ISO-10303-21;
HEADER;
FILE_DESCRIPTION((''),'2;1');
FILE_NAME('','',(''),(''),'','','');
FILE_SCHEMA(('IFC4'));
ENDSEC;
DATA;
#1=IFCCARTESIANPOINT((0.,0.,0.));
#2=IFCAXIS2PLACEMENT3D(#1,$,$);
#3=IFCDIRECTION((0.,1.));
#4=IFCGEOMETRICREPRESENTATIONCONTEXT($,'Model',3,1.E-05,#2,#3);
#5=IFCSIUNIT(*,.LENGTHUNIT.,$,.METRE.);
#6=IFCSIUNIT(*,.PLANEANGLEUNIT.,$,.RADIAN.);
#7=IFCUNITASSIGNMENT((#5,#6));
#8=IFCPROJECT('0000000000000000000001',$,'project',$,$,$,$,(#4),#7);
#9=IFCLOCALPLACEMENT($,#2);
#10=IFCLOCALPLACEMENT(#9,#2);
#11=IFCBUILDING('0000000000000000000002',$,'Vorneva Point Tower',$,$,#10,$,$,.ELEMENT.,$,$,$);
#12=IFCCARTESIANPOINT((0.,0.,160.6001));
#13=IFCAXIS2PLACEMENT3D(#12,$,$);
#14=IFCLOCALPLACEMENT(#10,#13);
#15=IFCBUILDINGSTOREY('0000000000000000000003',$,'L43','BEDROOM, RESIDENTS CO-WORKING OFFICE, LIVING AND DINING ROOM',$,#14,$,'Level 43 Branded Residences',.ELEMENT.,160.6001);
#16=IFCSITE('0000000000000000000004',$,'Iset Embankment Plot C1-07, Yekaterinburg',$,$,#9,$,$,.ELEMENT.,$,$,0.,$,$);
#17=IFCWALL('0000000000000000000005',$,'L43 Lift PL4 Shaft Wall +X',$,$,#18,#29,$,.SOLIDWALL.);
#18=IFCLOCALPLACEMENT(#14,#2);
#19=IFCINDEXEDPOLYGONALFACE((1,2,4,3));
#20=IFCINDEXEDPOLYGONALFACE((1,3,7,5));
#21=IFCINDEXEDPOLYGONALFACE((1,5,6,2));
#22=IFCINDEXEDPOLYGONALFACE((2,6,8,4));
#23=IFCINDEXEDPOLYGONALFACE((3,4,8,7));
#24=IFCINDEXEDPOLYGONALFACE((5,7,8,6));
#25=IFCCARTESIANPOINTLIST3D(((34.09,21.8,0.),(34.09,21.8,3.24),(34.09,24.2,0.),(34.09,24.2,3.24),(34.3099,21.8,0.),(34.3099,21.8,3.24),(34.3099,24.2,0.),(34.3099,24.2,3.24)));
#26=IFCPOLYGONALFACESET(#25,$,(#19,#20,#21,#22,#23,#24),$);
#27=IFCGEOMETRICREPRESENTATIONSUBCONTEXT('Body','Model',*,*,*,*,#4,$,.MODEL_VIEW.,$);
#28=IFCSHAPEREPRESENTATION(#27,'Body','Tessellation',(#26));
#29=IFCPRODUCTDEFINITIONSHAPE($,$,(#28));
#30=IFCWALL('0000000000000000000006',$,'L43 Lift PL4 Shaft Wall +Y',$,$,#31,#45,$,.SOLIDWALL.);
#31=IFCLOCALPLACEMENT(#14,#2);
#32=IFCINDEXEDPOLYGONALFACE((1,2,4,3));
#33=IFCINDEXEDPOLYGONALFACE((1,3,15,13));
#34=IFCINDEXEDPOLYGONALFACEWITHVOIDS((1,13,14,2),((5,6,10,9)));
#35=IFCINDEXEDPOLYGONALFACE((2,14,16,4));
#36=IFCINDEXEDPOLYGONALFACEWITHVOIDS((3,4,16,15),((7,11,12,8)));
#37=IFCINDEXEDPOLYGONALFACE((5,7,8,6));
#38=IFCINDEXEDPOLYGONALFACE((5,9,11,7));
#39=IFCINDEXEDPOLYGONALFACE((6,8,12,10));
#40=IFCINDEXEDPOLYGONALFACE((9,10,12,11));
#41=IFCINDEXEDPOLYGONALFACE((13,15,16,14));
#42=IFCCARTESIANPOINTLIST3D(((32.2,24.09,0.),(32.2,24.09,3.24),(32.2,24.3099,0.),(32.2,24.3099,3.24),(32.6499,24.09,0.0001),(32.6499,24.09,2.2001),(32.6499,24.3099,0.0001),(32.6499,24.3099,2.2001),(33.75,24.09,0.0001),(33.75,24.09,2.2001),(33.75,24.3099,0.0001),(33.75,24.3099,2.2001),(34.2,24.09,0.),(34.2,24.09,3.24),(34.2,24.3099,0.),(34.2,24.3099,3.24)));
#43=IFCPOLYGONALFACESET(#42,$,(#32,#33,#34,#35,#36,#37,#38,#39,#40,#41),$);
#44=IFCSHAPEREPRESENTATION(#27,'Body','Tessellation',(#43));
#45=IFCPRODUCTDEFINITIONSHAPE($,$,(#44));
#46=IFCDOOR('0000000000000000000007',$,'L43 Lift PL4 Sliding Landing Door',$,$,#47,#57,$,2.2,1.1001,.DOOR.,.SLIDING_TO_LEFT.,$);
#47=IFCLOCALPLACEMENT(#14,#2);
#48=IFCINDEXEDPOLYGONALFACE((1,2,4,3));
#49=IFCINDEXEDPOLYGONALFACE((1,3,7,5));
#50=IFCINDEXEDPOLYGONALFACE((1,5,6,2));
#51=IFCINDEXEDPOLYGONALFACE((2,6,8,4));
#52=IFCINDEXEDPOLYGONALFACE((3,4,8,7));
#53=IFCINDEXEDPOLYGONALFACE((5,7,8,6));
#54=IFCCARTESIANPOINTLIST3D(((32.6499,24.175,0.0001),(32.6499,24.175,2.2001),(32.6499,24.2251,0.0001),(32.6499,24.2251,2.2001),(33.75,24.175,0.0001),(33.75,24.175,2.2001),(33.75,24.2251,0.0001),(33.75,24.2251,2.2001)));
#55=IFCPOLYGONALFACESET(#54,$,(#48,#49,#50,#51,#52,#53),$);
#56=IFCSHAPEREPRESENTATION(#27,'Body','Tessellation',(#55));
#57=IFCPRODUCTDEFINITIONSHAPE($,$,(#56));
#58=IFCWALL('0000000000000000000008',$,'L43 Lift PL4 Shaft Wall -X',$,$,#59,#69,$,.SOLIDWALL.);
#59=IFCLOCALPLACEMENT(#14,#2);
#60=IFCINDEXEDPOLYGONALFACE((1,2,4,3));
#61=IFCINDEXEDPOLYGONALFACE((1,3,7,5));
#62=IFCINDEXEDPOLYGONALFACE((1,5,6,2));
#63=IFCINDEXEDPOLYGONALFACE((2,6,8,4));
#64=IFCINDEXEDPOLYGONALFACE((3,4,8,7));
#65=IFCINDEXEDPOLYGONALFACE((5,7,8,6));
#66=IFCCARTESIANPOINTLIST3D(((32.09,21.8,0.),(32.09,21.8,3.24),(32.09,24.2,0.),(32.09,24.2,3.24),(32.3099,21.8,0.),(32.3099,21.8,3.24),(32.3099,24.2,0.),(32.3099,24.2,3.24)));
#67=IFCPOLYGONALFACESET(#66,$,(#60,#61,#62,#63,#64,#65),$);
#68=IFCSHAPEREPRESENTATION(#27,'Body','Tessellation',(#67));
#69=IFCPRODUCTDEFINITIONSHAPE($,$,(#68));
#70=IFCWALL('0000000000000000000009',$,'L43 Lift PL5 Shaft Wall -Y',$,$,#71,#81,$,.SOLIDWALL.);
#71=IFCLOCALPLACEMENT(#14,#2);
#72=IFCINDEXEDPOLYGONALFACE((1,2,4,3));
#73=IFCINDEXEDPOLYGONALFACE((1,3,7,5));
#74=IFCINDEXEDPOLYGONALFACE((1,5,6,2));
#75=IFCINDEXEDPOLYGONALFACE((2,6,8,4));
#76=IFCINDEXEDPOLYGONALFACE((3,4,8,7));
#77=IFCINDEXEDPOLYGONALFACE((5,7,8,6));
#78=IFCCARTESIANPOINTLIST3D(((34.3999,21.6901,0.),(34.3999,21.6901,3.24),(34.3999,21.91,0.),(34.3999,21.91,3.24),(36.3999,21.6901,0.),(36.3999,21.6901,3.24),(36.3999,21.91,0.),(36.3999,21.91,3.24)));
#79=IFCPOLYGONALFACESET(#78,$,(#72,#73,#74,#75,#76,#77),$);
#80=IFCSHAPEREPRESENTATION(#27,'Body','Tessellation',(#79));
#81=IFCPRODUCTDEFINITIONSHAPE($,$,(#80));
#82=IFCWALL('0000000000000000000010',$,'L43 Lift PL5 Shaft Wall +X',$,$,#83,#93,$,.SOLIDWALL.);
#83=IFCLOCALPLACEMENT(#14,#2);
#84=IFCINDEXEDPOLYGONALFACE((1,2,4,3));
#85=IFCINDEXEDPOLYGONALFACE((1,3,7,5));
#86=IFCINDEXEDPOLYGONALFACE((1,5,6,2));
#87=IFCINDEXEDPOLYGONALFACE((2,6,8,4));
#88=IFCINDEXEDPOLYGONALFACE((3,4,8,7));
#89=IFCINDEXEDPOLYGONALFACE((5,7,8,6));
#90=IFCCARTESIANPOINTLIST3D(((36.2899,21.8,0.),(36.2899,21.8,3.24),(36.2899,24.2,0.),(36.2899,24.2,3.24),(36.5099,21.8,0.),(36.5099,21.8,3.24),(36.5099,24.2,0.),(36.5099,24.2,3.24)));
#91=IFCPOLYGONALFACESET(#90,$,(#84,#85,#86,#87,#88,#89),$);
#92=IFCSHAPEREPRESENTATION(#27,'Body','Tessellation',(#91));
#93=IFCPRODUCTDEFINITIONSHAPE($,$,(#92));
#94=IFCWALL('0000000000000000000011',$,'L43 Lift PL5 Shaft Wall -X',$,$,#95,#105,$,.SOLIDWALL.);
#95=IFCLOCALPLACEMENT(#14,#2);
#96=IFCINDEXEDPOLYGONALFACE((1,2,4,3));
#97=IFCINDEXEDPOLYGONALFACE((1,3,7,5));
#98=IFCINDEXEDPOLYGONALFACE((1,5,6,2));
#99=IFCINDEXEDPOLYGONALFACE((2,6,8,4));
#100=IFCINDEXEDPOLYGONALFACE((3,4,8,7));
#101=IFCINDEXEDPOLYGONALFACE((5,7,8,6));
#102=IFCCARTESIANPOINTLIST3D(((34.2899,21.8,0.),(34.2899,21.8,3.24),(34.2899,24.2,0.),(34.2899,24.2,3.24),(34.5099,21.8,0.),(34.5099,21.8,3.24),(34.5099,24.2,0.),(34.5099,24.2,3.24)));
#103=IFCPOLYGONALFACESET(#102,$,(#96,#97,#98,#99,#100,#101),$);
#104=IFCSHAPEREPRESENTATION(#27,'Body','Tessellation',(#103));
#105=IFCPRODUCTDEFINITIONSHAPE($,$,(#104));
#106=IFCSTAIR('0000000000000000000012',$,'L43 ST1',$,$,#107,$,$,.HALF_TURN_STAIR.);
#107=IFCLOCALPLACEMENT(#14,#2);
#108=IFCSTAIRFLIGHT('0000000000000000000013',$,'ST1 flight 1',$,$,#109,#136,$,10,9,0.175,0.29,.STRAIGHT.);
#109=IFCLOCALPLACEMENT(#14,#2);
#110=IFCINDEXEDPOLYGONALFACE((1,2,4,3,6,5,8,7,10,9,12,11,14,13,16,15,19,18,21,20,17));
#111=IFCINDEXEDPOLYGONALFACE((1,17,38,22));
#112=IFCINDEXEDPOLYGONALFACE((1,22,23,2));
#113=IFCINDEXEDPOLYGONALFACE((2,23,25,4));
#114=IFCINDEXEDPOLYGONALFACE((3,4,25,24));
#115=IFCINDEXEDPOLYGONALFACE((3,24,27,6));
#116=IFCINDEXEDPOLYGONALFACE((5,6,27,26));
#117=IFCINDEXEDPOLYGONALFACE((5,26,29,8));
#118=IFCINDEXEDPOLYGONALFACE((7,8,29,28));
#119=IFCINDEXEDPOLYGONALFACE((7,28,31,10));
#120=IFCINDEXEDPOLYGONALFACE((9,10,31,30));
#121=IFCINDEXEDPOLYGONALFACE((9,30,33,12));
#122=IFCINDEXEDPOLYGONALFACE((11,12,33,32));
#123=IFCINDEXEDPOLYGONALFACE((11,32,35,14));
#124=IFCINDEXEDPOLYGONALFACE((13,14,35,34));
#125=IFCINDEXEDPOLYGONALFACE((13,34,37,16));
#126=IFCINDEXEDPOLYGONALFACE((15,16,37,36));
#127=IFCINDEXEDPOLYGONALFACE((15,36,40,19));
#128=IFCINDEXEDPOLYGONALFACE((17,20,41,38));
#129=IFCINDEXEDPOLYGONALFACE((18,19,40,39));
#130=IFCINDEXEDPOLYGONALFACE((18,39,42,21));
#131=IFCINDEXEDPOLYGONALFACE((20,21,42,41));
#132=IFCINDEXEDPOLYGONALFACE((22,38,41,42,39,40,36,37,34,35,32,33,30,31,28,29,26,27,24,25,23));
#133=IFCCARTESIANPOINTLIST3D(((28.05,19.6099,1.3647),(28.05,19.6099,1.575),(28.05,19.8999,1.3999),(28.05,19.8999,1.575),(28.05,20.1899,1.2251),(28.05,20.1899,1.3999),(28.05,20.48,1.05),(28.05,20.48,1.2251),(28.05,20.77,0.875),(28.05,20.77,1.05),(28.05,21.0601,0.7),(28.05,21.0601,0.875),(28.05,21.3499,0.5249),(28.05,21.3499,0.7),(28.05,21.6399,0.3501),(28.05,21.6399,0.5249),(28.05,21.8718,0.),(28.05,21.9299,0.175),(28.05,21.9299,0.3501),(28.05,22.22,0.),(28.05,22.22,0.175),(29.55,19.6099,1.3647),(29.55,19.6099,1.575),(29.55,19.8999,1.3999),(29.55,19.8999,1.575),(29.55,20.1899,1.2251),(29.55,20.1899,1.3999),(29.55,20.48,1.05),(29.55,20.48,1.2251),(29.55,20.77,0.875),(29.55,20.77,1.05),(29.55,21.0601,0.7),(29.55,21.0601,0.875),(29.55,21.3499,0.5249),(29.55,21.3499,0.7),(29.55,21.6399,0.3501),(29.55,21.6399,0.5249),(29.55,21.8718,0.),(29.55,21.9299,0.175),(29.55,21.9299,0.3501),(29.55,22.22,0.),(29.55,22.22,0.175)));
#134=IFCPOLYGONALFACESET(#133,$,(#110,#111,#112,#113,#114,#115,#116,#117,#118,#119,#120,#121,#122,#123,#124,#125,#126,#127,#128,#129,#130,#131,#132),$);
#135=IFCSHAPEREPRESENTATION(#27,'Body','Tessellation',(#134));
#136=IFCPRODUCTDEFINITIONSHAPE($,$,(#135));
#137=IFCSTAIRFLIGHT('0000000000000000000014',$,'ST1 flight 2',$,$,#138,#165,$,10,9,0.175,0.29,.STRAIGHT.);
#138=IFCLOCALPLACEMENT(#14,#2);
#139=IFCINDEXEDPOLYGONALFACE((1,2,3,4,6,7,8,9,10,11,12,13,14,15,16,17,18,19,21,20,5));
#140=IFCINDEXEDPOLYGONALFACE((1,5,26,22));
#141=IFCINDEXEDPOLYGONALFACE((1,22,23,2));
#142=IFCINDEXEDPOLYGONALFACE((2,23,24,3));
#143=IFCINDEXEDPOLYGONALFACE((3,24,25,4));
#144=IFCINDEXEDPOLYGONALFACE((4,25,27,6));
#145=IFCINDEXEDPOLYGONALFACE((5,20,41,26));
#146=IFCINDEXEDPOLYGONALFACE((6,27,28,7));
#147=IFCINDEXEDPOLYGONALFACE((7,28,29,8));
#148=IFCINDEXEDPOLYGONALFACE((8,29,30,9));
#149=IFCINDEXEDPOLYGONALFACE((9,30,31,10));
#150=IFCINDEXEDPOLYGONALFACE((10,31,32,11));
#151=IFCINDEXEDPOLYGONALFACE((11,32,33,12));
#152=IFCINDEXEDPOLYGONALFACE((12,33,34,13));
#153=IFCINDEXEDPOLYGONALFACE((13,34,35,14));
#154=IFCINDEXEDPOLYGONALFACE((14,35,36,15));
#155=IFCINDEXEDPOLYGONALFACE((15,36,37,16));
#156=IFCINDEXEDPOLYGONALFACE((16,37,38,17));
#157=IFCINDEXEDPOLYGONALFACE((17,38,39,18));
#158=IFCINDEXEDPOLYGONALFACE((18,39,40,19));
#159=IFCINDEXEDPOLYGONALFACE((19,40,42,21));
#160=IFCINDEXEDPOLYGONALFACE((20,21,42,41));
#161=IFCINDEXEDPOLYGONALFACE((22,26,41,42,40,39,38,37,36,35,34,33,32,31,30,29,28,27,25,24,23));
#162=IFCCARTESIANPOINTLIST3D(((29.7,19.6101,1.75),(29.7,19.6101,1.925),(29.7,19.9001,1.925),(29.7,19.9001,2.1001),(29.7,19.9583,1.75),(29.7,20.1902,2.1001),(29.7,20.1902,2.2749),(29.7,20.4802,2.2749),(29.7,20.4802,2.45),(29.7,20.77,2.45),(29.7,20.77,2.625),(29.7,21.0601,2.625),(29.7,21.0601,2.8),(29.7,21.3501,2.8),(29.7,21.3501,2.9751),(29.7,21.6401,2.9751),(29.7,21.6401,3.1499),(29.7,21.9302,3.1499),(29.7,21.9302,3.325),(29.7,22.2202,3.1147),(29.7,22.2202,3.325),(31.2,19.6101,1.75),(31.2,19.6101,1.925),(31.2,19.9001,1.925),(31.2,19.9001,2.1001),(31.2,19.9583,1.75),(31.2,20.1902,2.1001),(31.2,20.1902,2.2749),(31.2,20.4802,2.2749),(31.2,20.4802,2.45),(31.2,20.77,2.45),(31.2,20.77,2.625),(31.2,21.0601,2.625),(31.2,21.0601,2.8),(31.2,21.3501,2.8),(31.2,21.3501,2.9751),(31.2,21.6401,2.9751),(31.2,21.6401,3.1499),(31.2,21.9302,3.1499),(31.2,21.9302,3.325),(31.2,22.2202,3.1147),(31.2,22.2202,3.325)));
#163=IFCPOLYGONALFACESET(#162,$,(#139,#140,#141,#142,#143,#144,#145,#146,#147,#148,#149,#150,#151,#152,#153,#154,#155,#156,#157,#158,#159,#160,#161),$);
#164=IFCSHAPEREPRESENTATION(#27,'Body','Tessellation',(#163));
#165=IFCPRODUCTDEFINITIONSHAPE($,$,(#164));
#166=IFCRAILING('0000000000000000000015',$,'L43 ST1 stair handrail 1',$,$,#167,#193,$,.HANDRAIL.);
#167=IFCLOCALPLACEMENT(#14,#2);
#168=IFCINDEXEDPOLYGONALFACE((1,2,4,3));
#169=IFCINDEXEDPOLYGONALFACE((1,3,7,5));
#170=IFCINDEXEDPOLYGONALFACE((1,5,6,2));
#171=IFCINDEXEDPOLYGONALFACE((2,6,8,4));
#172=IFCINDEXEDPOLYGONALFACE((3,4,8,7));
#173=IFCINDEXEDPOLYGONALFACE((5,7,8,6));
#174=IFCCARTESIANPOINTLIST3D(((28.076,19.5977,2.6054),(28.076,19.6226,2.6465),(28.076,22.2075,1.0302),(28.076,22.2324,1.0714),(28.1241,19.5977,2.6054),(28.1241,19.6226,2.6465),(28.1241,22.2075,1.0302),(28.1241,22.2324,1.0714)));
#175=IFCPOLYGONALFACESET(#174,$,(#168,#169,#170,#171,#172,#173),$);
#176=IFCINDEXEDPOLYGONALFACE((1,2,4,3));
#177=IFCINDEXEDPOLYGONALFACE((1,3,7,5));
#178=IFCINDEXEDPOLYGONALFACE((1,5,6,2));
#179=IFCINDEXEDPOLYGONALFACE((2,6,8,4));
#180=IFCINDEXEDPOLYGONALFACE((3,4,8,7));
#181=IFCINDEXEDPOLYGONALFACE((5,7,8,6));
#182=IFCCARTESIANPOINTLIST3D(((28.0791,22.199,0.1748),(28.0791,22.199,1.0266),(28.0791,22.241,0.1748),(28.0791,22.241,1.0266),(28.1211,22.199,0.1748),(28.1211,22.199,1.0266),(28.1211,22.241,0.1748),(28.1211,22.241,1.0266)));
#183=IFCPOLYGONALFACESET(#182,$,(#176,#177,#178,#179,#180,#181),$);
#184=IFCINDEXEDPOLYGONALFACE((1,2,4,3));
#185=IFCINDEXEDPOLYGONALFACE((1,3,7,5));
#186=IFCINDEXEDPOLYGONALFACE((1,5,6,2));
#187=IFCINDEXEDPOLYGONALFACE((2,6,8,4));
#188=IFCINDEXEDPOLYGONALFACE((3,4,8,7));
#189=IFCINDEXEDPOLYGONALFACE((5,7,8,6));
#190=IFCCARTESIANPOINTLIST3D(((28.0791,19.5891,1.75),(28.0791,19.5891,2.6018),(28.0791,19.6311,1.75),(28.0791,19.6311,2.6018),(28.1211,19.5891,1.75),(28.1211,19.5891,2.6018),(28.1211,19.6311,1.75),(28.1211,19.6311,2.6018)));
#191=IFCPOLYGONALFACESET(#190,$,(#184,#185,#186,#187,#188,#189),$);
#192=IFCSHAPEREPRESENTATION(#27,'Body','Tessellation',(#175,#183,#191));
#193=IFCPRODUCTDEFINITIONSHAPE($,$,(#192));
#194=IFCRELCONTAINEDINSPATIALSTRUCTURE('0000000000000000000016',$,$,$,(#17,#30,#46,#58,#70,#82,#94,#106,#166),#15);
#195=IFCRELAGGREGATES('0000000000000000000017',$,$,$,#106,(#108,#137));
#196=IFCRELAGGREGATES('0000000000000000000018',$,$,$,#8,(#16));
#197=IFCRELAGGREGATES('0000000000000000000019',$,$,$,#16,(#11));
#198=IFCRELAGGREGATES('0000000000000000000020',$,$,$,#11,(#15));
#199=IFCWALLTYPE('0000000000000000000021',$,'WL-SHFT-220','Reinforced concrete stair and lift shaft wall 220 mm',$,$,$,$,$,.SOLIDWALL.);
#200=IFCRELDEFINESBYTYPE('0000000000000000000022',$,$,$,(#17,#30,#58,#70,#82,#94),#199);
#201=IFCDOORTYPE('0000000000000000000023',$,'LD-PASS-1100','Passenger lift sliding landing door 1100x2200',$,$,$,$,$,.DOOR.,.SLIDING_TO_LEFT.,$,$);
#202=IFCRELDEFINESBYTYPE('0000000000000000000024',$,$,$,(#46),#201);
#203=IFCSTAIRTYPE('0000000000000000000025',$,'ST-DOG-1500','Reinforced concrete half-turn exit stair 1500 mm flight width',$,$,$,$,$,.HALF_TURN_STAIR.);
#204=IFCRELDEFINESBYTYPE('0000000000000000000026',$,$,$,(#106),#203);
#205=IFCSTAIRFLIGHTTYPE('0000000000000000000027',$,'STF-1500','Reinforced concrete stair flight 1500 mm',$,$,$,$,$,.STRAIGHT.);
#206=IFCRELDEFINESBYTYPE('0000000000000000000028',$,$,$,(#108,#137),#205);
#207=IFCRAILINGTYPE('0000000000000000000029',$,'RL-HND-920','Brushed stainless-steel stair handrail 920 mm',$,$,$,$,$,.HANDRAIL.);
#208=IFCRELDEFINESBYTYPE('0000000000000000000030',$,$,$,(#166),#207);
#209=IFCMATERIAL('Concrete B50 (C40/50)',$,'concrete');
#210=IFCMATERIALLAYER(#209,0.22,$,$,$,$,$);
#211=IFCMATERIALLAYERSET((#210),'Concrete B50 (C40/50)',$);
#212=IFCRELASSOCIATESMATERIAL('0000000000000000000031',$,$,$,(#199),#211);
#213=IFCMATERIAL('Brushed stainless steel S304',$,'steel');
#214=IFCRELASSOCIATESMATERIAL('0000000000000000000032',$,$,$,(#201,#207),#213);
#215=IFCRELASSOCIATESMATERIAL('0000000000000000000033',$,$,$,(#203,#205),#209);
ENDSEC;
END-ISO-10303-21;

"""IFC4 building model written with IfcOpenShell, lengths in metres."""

from ifc_helpers import new_model, si_unit, direction, frame, frame_2d, origin, origin_2d, place, context, subcontext, project, spatial, polyline, rectangle, outline, extrude, material, layer, layer_set, type_object, element, fill, aggregate, save


model = new_model("IFC4")

# Units and contexts
model_context = context("Model", 3, precision=1e-05, world=origin(), true_north=direction((0.0, 1.0)))
body_context = subcontext(model_context, "Body", "Model", "MODEL_VIEW")
ifc_project = project(units=[si_unit("LENGTHUNIT", "METRE"), si_unit("PLANEANGLEUNIT", "RADIAN")], contexts=[model_context])

# Site, building, storey
site_placement = place(None, origin())
site = spatial("IfcSite", under=ifc_project, at=site_placement, Name="Iset Embankment Plot C1-07, Yekaterinburg", CompositionType="ELEMENT", RefElevation=0.0)
building_placement = place(site_placement, origin())
building = spatial("IfcBuilding", under=site, at=building_placement, Name="Vorneva Point Tower", CompositionType="ELEMENT")
storey_placement = place(building_placement, frame((0.0, 0.0, 160.6001)))
storey = spatial("IfcBuildingStorey", under=building, at=storey_placement, Name="L43", Description="BEDROOM, RESIDENTS CO-WORKING OFFICE, LIVING AND DINING ROOM", LongName="Level 43 Branded Residences", CompositionType="ELEMENT", Elevation=160.6001)

# Shared definitions
ifc_material_1 = material(Name="Concrete B50 (C40/50)", Category="concrete")
ifc_layer_1 = layer(ifc_material_1, 0.22)
ifc_layer_set_1 = layer_set([ifc_layer_1], Name="Concrete B50 (C40/50)")
wall_type_1 = type_object("IfcWallType", Name="WL-SHFT-220", Description="Reinforced concrete stair and lift shaft wall 220 mm", PredefinedType="SOLIDWALL", material=ifc_layer_set_1)

# Wall
wall_1_placement = place(storey_placement, frame((34.2, 21.8, 0.0), z_axis=(0.0, 0.0, 1.0), x_axis=(0.0, 1.0, 0.0)))
element("IfcWall", 1, at=wall_1_placement, inside=storey, type_object=wall_type_1, Name="L43 Lift PL4 Shaft Wall +X", PredefinedType="SOLIDWALL", context=body_context, shape_type="SweptSolid", body=[
    extrude(rectangle(XDim=2.3999, YDim=0.22, at=frame_2d((1.2, 0.0))), origin(), (0.0, 0.0, 1.0), 3.24),
])

# Wall, opening, door
wall_2_placement = place(storey_placement, frame((34.2, 24.2, 0.0), z_axis=(0.0, 0.0, 1.0), x_axis=(-1.0, 0.0, 0.0)))
wall_2 = element("IfcWall", 2, at=wall_2_placement, inside=storey, type_object=wall_type_1, Name="L43 Lift PL4 Shaft Wall +Y", PredefinedType="SOLIDWALL", context=body_context, shape_type="SweptSolid", body=[
    extrude(rectangle(XDim=2.0, YDim=0.22, at=frame_2d((1.0, 0.0))), origin(), (0.0, 0.0, 1.0), 3.24),
])
opening_1_placement = place(wall_2_placement, frame((0.45, 0.0, 0.0)))
opening_1 = element("IfcOpeningElement", 3, at=opening_1_placement, cuts=wall_2, PredefinedType="OPENING", context=body_context, shape_type="SweptSolid", body=[
    extrude(rectangle(XDim=1.1001, YDim=2.2, at=frame_2d((0.55, 1.1001))), frame((0.0, 0.125, 0.0), z_axis=(0.0, -1.0, 0.0), x_axis=(1.0, 0.0, 0.0)), (0.0, 0.0, 1.0), 0.2498),
])
ifc_material_2 = material(Name="Brushed stainless steel S304", Category="steel")
door_type_1 = type_object("IfcDoorType", Name="LD-PASS-1100", Description="Passenger lift sliding landing door 1100x2200", OperationType="SLIDING_TO_LEFT", PredefinedType="DOOR", material=ifc_material_2)
door_1_placement = place(opening_1_placement, origin())
door_1 = element("IfcDoor", 4, at=door_1_placement, inside=storey, type_object=door_type_1, Name="L43 Lift PL4 Sliding Landing Door", OperationType="SLIDING_TO_LEFT", OverallHeight=2.2, OverallWidth=1.1001, PredefinedType="DOOR", context=body_context, shape_type="SweptSolid", body=[
    extrude(rectangle(XDim=1.1001, YDim=2.2, at=frame_2d((0.55, 1.1001))), frame((0.0, 0.0249, 0.0), z_axis=(0.0, -1.0, 0.0), x_axis=(1.0, 0.0, 0.0)), (0.0, 0.0, 1.0), 0.05),
])
fill(opening_1, door_1)

# Walls
wall_3_placement = place(storey_placement, frame((32.2, 24.2, 0.0), z_axis=(0.0, 0.0, 1.0), x_axis=(0.0, -1.0, 0.0)))
element("IfcWall", 5, at=wall_3_placement, inside=storey, type_object=wall_type_1, Name="L43 Lift PL4 Shaft Wall -X", PredefinedType="SOLIDWALL", context=body_context, shape_type="SweptSolid", body=[
    extrude(rectangle(XDim=2.3999, YDim=0.22, at=frame_2d((1.2, 0.0))), origin(), (0.0, 0.0, 1.0), 3.24),
])
wall_4_placement = place(storey_placement, frame((34.3999, 21.8, 0.0), z_axis=(0.0, 0.0, 1.0), x_axis=(1.0, 0.0, 0.0)))
element("IfcWall", 6, at=wall_4_placement, inside=storey, type_object=wall_type_1, Name="L43 Lift PL5 Shaft Wall -Y", PredefinedType="SOLIDWALL", context=body_context, shape_type="SweptSolid", body=[
    extrude(rectangle(XDim=2.0, YDim=0.22, at=frame_2d((1.0, 0.0))), origin(), (0.0, 0.0, 1.0), 3.24),
])
for number, where, z_axis, x_axis, name in (
    (7, (36.3999, 21.8, 0.0), (0.0, 0.0, 1.0), (0.0, 1.0, 0.0), "L43 Lift PL5 Shaft Wall +X"),
    (8, (34.3999, 24.2, 0.0), (0.0, 0.0, 1.0), (0.0, -1.0, 0.0), "L43 Lift PL5 Shaft Wall -X"),
):
    element("IfcWall", number, at=place(storey_placement, frame(where, z_axis=z_axis, x_axis=x_axis)), inside=storey, type_object=wall_type_1, Name=name, PredefinedType="SOLIDWALL", context=body_context, shape_type="SweptSolid", body=[
        extrude(rectangle(XDim=2.3999, YDim=0.22, at=frame_2d((1.2, 0.0))), origin(), (0.0, 0.0, 1.0), 3.24),
    ])

# Stair, stair flights
stair_type = type_object("IfcStairType", Name="ST-DOG-1500", Description="Reinforced concrete half-turn exit stair 1500 mm flight width", PredefinedType="HALF_TURN_STAIR", material=ifc_material_1)
stair_placement = place(storey_placement, origin())
stair = element("IfcStair", 9, at=stair_placement, inside=storey, type_object=stair_type, Name="L43 ST1", PredefinedType="HALF_TURN_STAIR")
stair_flight_type = type_object("IfcStairFlightType", Name="STF-1500", Description="Reinforced concrete stair flight 1500 mm", PredefinedType="STRAIGHT", material=ifc_material_1)
stair_flight_1_placement = place(storey_placement, frame((28.8, 22.22, 0.0), z_axis=(0.0, 0.0, 1.0), x_axis=(0.0, -1.0, 0.0)))
stair_flight_1 = element("IfcStairFlight", 10, at=stair_flight_1_placement, type_object=stair_flight_type, Name="ST1 flight 1", NumberOfRisers=10, NumberOfTreads=9, PredefinedType="STRAIGHT", RiserHeight=0.175, TreadLength=0.29, context=body_context, shape_type="SweptSolid", body=[
    extrude(outline(polyline([(0.0, 0.0), (0.0, 0.175), (0.29, 0.175), (0.29, 0.3501), (0.5801, 0.3501), (0.5801, 0.5249), (0.8701, 0.5249), (0.8701, 0.7), (1.1599, 0.7), (1.1599, 0.875), (1.45, 0.875), (1.45, 1.05), (1.74, 1.05), (1.74, 1.2251), (2.03, 1.2251), (2.03, 1.3999), (2.3201, 1.3999), (2.3201, 1.575), (2.6101, 1.575), (2.6101, 1.75), (2.6101, 1.3647), (0.3481, 0.0), (0.0, 0.0)])), frame((0.0, 0.75, 0.0), z_axis=(0.0, -1.0, 0.0), x_axis=(1.0, 0.0, 0.0)), (0.0, 0.0, 1.0), 1.5),
])
stair_flight_2_placement = place(storey_placement, frame((30.45, 19.6101, 1.75), z_axis=(0.0, 0.0, 1.0), x_axis=(0.0, 1.0, 0.0)))
stair_flight_2 = element("IfcStairFlight", 11, at=stair_flight_2_placement, type_object=stair_flight_type, Name="ST1 flight 2", NumberOfRisers=10, NumberOfTreads=9, PredefinedType="STRAIGHT", RiserHeight=0.175, TreadLength=0.29, context=body_context, shape_type="SweptSolid", body=[
    extrude(outline(polyline([(0.0, 0.0), (0.0, 0.175), (0.29, 0.175), (0.29, 0.3501), (0.5801, 0.3501), (0.5801, 0.5249), (0.8701, 0.5249), (0.8701, 0.7), (1.1599, 0.7), (1.1599, 0.875), (1.45, 0.875), (1.45, 1.05), (1.74, 1.05), (1.74, 1.2251), (2.03, 1.2251), (2.03, 1.3999), (2.3201, 1.3999), (2.3201, 1.575), (2.6101, 1.575), (2.6101, 1.75), (2.6101, 1.3647), (0.3481, 0.0), (0.0, 0.0)])), frame((0.0, 0.75, 0.0), z_axis=(0.0, -1.0, 0.0), x_axis=(1.0, 0.0, 0.0)), (0.0, 0.0, 1.0), 1.5),
])
aggregate(stair, [stair_flight_1, stair_flight_2])

# Railing
railing_type_1 = type_object("IfcRailingType", Name="RL-HND-920", Description="Brushed stainless-steel stair handrail 920 mm", PredefinedType="HANDRAIL", material=ifc_material_2)
railing_1_placement = place(storey_placement, frame((28.1001, 22.22, 0.1748)))
element("IfcRailing", 12, at=railing_1_placement, inside=storey, type_object=railing_type_1, Name="L43 ST1 stair handrail 1", PredefinedType="HANDRAIL", context=body_context, shape_type="SweptSolid", body=[
    extrude(rectangle(XDim=0.0481, YDim=0.0481, at=origin_2d()), frame((0.0, 0.0, 0.876), z_axis=(0.0, -0.856147, 0.516732), x_axis=(1.0, 0.0, 0.0)), (0.0, 0.0, 1.0), 3.0483),
    extrude(rectangle(XDim=0.042, YDim=0.042, at=origin_2d()), origin(), (0.0, 0.0, 1.0), 0.8518),
    extrude(rectangle(XDim=0.042, YDim=0.042, at=origin_2d()), frame((0.0, -2.6099, 1.5752)), (0.0, 0.0, 1.0), 0.8518),
])

save(model, "model.ifc")
